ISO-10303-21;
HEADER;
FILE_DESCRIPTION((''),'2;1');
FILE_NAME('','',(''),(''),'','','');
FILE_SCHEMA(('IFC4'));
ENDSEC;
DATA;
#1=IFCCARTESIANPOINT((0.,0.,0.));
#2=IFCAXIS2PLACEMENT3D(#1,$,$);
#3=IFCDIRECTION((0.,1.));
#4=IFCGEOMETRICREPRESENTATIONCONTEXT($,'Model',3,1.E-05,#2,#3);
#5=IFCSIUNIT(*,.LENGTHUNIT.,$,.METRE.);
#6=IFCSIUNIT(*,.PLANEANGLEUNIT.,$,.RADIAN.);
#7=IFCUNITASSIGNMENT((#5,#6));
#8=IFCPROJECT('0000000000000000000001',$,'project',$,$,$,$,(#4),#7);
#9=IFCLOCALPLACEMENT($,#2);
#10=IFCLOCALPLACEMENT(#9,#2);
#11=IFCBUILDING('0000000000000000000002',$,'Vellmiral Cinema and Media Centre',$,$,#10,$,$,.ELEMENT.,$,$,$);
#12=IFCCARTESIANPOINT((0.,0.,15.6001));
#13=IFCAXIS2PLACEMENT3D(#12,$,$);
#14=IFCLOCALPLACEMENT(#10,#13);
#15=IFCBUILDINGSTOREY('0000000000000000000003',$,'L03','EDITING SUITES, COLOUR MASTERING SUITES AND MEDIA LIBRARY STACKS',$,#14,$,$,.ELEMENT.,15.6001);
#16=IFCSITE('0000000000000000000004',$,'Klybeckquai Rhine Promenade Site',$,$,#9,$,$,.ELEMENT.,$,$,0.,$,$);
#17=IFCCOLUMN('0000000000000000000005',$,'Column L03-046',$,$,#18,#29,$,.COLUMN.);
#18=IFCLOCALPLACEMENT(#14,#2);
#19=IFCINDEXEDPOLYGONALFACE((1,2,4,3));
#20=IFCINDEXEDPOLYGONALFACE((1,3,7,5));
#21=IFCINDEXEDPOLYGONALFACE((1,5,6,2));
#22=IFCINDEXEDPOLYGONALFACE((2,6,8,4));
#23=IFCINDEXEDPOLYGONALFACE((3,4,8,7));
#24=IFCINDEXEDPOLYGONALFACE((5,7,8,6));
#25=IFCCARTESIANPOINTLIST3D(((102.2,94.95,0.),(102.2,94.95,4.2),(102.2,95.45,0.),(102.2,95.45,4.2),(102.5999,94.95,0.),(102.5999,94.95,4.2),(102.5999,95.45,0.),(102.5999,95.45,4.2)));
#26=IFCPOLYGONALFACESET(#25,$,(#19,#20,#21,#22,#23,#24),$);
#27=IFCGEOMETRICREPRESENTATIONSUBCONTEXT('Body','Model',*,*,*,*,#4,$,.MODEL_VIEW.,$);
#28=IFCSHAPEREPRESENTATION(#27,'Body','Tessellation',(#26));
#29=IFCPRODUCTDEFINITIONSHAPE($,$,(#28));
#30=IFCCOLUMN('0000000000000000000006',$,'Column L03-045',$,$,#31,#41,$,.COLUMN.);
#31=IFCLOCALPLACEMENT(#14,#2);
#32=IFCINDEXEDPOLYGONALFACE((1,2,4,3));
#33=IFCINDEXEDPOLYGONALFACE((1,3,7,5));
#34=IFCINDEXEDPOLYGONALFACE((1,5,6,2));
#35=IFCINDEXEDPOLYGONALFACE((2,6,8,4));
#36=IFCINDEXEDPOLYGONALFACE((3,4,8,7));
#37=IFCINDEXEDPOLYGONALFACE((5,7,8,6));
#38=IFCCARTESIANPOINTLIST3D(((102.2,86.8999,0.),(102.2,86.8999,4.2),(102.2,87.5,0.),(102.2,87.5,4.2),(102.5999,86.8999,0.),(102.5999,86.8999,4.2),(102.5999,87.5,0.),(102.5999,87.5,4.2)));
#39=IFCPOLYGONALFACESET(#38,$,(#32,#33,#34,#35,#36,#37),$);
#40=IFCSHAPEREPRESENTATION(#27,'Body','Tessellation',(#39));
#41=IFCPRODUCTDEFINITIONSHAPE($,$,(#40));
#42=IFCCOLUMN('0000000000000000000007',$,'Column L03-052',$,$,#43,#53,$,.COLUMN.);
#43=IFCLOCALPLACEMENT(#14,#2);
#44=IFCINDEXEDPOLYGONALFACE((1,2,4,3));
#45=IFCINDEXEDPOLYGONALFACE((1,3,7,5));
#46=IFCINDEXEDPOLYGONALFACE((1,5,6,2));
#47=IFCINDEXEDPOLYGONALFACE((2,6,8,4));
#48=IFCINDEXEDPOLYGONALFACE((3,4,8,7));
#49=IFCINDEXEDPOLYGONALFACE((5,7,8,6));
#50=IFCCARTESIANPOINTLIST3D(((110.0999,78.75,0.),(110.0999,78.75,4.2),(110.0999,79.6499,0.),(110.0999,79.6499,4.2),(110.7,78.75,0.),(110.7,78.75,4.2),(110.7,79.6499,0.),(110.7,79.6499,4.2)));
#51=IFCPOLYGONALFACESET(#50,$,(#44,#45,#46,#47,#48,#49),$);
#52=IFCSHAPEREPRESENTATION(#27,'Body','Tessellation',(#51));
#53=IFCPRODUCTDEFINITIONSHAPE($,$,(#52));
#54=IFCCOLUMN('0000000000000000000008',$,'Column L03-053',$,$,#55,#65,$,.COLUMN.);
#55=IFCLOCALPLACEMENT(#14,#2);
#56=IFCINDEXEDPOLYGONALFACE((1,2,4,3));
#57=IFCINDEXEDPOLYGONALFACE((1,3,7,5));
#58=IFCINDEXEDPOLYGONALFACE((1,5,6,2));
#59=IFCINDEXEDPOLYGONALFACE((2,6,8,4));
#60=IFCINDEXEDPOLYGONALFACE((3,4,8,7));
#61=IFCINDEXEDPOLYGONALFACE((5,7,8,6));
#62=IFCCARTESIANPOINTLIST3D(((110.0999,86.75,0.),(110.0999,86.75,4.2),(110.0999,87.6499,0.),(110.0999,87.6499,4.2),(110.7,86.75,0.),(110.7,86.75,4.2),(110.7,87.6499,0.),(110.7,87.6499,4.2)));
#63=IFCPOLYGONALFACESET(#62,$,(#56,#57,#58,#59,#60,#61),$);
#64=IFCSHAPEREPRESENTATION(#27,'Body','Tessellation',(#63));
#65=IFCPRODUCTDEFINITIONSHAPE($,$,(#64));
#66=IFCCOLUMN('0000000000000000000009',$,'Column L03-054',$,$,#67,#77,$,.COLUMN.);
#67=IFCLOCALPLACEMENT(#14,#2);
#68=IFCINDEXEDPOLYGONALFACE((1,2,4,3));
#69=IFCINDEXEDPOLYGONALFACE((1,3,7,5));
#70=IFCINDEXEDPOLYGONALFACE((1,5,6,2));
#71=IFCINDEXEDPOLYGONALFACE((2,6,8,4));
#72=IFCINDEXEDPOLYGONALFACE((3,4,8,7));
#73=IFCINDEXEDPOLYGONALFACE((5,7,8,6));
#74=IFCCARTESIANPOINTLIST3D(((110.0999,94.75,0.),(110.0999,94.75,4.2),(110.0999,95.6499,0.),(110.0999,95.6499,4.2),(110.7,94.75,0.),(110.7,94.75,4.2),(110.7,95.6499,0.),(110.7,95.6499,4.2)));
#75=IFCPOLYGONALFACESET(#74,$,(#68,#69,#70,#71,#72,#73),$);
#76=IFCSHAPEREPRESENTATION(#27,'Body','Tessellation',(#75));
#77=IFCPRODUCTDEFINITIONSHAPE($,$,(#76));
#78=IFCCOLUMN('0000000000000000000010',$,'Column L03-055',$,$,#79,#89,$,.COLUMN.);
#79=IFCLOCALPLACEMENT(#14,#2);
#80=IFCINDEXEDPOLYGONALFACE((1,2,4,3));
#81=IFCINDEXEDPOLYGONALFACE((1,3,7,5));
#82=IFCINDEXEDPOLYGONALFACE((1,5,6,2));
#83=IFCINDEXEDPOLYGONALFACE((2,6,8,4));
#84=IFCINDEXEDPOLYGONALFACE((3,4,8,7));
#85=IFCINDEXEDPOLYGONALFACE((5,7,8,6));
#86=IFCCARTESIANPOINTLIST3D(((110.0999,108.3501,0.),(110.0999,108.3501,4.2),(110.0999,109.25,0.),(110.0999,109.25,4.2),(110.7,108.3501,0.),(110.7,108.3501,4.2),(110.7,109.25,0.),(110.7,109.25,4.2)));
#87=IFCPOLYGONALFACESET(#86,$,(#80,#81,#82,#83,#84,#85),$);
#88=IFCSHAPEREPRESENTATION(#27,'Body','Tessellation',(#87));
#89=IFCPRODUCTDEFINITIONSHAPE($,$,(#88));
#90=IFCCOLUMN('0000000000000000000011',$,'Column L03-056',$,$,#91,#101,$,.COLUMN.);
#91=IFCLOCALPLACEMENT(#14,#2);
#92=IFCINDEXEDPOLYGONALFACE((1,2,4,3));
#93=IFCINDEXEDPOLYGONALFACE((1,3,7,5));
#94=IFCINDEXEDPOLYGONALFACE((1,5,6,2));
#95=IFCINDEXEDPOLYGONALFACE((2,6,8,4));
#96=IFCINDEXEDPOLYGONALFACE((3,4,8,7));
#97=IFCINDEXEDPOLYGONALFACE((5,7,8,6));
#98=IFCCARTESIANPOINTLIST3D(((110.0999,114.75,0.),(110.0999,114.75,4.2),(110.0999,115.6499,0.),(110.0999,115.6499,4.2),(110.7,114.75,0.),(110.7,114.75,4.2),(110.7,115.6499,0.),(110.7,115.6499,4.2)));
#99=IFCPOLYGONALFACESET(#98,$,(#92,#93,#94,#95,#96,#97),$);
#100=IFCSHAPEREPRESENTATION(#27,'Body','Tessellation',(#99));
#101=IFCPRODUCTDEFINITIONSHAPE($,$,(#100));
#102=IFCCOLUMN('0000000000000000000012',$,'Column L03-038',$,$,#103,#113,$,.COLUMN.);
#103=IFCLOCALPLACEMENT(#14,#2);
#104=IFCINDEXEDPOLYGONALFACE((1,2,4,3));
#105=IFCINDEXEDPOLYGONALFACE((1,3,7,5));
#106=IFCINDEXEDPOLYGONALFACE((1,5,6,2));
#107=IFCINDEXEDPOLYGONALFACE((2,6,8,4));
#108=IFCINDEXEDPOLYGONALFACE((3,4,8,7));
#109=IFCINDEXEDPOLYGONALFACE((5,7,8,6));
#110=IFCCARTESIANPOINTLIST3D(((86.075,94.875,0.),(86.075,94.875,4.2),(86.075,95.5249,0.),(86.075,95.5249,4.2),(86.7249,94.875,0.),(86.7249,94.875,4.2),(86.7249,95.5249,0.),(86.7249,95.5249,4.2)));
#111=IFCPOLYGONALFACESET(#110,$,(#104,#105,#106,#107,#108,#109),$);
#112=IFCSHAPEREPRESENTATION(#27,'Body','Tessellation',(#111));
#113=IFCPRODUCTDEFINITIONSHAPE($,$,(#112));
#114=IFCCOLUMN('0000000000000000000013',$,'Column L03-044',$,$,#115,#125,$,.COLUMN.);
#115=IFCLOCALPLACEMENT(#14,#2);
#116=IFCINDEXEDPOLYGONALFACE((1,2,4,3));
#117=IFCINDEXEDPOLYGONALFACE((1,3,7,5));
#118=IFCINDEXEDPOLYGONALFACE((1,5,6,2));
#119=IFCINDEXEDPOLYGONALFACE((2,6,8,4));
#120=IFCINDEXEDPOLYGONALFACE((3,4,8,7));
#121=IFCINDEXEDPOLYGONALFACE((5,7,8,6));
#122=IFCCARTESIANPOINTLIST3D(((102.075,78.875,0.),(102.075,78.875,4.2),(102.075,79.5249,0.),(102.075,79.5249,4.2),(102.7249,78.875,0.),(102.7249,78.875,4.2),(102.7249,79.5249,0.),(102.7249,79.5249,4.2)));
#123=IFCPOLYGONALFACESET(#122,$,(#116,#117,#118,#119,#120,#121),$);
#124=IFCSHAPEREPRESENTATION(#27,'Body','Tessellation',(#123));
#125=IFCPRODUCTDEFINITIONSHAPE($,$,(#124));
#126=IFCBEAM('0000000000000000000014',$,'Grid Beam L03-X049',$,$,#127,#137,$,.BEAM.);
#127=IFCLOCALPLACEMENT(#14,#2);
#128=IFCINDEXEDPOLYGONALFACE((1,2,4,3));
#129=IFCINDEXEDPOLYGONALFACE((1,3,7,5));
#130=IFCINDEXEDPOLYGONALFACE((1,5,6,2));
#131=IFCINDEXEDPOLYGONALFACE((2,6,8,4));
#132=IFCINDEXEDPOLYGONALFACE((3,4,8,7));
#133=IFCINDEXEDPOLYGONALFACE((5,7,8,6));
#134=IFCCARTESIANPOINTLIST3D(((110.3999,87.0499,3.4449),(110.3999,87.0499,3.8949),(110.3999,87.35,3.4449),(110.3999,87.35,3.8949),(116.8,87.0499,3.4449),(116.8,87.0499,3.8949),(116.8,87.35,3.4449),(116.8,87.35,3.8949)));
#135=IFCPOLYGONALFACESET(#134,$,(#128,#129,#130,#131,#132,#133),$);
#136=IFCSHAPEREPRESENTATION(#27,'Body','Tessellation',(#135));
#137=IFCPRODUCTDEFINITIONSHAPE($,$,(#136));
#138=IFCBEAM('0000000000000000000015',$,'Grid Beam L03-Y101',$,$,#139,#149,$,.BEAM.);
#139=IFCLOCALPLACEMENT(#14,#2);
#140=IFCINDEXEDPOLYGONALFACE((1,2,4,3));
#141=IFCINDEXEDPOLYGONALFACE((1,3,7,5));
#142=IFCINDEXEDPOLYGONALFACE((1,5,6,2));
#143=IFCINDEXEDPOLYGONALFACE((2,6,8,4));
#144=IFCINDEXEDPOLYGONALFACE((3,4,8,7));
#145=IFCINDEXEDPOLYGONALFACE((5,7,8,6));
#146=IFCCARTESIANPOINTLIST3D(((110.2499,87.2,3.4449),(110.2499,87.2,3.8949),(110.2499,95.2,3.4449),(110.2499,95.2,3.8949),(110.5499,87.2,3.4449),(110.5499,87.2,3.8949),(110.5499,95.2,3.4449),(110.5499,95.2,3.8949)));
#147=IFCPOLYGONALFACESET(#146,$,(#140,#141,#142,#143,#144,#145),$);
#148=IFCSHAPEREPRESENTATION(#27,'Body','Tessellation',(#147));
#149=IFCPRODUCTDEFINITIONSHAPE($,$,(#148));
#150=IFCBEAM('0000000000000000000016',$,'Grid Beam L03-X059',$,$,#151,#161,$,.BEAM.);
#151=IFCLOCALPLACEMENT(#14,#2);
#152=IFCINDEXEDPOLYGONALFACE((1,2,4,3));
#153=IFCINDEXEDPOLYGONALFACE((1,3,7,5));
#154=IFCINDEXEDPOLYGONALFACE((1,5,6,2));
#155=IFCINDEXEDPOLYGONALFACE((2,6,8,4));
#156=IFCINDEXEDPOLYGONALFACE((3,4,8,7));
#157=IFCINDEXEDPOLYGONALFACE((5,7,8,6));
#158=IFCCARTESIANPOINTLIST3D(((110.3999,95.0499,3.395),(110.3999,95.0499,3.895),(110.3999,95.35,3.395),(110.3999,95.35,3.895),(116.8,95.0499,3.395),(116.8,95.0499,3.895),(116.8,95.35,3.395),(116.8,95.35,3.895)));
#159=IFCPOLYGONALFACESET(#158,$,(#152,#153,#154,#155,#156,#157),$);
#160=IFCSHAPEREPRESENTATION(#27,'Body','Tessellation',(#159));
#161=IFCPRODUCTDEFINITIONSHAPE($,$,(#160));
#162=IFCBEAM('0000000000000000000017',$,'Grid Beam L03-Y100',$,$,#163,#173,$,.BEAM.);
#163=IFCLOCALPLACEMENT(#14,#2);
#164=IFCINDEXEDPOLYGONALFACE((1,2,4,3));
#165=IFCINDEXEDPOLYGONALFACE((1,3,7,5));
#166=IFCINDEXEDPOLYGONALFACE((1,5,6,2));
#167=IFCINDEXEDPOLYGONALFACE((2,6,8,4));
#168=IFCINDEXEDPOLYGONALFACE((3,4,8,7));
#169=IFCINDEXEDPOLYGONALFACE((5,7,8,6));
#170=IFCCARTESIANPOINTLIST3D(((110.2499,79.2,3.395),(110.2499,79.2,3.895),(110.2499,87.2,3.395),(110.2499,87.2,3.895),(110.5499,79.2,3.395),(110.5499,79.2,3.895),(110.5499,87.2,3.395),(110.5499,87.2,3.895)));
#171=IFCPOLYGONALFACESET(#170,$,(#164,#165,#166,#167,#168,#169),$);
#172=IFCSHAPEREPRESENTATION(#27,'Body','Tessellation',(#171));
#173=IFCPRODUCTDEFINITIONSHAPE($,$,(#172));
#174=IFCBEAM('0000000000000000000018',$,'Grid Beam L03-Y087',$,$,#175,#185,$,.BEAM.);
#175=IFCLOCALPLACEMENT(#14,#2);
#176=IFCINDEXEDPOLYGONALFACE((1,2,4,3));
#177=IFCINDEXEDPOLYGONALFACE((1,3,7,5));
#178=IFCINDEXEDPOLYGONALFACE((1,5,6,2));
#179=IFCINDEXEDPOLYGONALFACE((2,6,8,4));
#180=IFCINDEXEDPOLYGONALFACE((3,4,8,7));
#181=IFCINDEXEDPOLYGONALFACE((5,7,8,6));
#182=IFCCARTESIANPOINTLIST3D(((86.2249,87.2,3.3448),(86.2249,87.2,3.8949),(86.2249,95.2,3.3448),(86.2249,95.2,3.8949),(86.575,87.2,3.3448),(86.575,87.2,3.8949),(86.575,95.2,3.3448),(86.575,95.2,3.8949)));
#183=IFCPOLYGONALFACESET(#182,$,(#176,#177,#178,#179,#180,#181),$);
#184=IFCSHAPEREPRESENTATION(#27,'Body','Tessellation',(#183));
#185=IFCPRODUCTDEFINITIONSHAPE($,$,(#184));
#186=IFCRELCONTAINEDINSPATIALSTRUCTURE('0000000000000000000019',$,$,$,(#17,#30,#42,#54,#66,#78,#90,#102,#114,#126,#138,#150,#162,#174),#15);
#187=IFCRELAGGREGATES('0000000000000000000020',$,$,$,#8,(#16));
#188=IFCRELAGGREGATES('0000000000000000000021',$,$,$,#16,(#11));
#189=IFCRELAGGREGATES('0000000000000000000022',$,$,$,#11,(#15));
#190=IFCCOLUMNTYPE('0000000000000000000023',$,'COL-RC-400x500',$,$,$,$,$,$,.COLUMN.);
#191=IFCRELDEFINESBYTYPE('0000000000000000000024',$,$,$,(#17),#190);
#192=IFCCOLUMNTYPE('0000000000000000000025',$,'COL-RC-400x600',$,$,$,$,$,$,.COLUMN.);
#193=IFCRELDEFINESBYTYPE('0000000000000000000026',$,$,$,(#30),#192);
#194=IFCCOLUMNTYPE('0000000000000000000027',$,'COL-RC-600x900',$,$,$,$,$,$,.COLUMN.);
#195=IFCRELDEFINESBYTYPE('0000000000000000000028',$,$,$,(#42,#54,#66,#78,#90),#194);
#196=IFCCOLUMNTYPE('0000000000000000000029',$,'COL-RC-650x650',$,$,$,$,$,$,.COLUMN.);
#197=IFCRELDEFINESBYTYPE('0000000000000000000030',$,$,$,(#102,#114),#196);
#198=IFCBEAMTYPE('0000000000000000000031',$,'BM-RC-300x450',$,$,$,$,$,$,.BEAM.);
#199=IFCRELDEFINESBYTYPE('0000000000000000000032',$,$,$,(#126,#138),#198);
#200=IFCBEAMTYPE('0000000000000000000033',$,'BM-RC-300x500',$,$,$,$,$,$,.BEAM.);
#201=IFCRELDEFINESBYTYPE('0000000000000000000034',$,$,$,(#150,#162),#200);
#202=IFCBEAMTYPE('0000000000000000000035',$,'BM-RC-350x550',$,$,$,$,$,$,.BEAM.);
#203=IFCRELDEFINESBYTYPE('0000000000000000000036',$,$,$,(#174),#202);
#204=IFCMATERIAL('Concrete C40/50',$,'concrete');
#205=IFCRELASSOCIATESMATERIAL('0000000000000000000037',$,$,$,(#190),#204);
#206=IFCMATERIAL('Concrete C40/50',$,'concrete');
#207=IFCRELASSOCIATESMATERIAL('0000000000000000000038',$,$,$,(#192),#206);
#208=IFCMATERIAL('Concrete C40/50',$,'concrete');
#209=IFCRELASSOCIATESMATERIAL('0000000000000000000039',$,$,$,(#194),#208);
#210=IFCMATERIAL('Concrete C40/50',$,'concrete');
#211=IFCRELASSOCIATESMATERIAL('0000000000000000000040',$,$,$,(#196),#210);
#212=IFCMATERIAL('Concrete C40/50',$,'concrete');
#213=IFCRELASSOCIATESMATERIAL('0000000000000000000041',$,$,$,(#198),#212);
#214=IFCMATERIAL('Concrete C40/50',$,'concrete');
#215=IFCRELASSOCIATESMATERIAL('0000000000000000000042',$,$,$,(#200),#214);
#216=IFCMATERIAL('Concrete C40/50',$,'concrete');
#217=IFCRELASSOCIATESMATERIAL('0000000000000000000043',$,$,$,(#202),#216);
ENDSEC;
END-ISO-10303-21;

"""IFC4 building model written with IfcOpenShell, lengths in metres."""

from ifc_helpers import new_model, si_unit, direction, frame, origin, origin_2d, place, context, subcontext, project, spatial, rectangle, extrude, material, material_profile, profile_set, type_object, element, save


model = new_model("IFC4")

# Units and contexts
model_context = context("Model", 3, precision=1e-05, world=origin(), true_north=direction((0.0, 1.0)))
body_context = subcontext(model_context, "Body", "Model", "MODEL_VIEW")
ifc_project = project(units=[si_unit("LENGTHUNIT", "METRE"), si_unit("PLANEANGLEUNIT", "RADIAN")], contexts=[model_context])

# Site, building, storey
site_placement = place(None, origin())
site = spatial("IfcSite", under=ifc_project, at=site_placement, Name="Klybeckquai Rhine Promenade Site", CompositionType="ELEMENT", RefElevation=0.0)
building_placement = place(site_placement, origin())
building = spatial("IfcBuilding", under=site, at=building_placement, Name="Vellmiral Cinema and Media Centre", CompositionType="ELEMENT")
storey_placement = place(building_placement, frame((0.0, 0.0, 15.6001)))
storey = spatial("IfcBuildingStorey", under=building, at=storey_placement, Name="L03", Description="EDITING SUITES, COLOUR MASTERING SUITES AND MEDIA LIBRARY STACKS", CompositionType="ELEMENT", Elevation=15.6001)

# Columns
ifc_material_1 = material(Name="Concrete C40/50", Category="concrete")
ifc_material_profile_1 = material_profile(ifc_material_1, rectangle(XDim=0.3999, YDim=0.5, at=origin_2d()), Name="RC 400x500")
ifc_profile_set_1 = profile_set([ifc_material_profile_1], Name="Concrete C40/50")
column_type_1 = type_object("IfcColumnType", Name="COL-RC-400x500", PredefinedType="COLUMN", material=ifc_profile_set_1)
column_1_placement = place(storey_placement, frame((102.3999, 95.2, 0.0), z_axis=(0.0, 0.0, 1.0), x_axis=(1.0, 0.0, 0.0)))
element("IfcColumn", 1, at=column_1_placement, inside=storey, type_object=column_type_1, Name="Column L03-046", PredefinedType="COLUMN", context=body_context, shape_type="SweptSolid", body=[
    extrude(rectangle(XDim=0.3999, YDim=0.5, at=origin_2d()), origin(), (0.0, 0.0, 1.0), 4.2),
])
ifc_material_2 = material(Name="Concrete C40/50", Category="concrete")
ifc_material_profile_2 = material_profile(ifc_material_2, rectangle(XDim=0.3999, YDim=0.6001, at=origin_2d()), Name="RC 400x600")
ifc_profile_set_2 = profile_set([ifc_material_profile_2], Name="Concrete C40/50")
column_type_2 = type_object("IfcColumnType", Name="COL-RC-400x600", PredefinedType="COLUMN", material=ifc_profile_set_2)
column_2_placement = place(storey_placement, frame((102.3999, 87.2, 0.0), z_axis=(0.0, 0.0, 1.0), x_axis=(1.0, 0.0, 0.0)))
element("IfcColumn", 2, at=column_2_placement, inside=storey, type_object=column_type_2, Name="Column L03-045", PredefinedType="COLUMN", context=body_context, shape_type="SweptSolid", body=[
    extrude(rectangle(XDim=0.3999, YDim=0.6001, at=origin_2d()), origin(), (0.0, 0.0, 1.0), 4.2),
])
ifc_material_3 = material(Name="Concrete C40/50", Category="concrete")
ifc_material_profile_3 = material_profile(ifc_material_3, rectangle(XDim=0.6001, YDim=0.8999, at=origin_2d()), Name="RC 600x900")
ifc_profile_set_3 = profile_set([ifc_material_profile_3], Name="Concrete C40/50")
column_type_3 = type_object("IfcColumnType", Name="COL-RC-600x900", PredefinedType="COLUMN", material=ifc_profile_set_3)
for number, where, z_axis, x_axis, name in (
    (3, (110.3999, 79.2, 0.0), (0.0, 0.0, 1.0), (1.0, 0.0, 0.0), "Column L03-052"),
    (4, (110.3999, 87.2, 0.0), (0.0, 0.0, 1.0), (1.0, 0.0, 0.0), "Column L03-053"),
    (5, (110.3999, 95.2, 0.0), (0.0, 0.0, 1.0), (1.0, 0.0, 0.0), "Column L03-054"),
    (6, (110.3999, 108.8, 0.0), (0.0, 0.0, 1.0), (1.0, 0.0, 0.0), "Column L03-055"),
    (7, (110.3999, 115.2, 0.0), (0.0, 0.0, 1.0), (1.0, 0.0, 0.0), "Column L03-056"),
):
    element("IfcColumn", number, at=place(storey_placement, frame(where, z_axis=z_axis, x_axis=x_axis)), inside=storey, type_object=column_type_3, Name=name, PredefinedType="COLUMN", context=body_context, shape_type="SweptSolid", body=[
        extrude(rectangle(XDim=0.6001, YDim=0.8999, at=origin_2d()), origin(), (0.0, 0.0, 1.0), 4.2),
    ])
ifc_material_4 = material(Name="Concrete C40/50", Category="concrete")
ifc_material_profile_4 = material_profile(ifc_material_4, rectangle(XDim=0.6499, YDim=0.6499, at=origin_2d()), Name="RC 650x650")
ifc_profile_set_4 = profile_set([ifc_material_profile_4], Name="Concrete C40/50")
column_type_4 = type_object("IfcColumnType", Name="COL-RC-650x650", PredefinedType="COLUMN", material=ifc_profile_set_4)
for number, where, z_axis, x_axis, name in (
    (8, (86.3999, 95.2, 0.0), (0.0, 0.0, 1.0), (1.0, 0.0, 0.0), "Column L03-038"),
    (9, (102.3999, 79.2, 0.0), (0.0, 0.0, 1.0), (1.0, 0.0, 0.0), "Column L03-044"),
):
    element("IfcColumn", number, at=place(storey_placement, frame(where, z_axis=z_axis, x_axis=x_axis)), inside=storey, type_object=column_type_4, Name=name, PredefinedType="COLUMN", context=body_context, shape_type="SweptSolid", body=[
        extrude(rectangle(XDim=0.6499, YDim=0.6499, at=origin_2d()), origin(), (0.0, 0.0, 1.0), 4.2),
    ])

# Beams
ifc_material_5 = material(Name="Concrete C40/50", Category="concrete")
ifc_material_profile_5 = material_profile(ifc_material_5, rectangle(XDim=0.3, YDim=0.45, at=origin_2d()), Name="RC 300x450")
ifc_profile_set_5 = profile_set([ifc_material_profile_5], Name="Concrete C40/50")
beam_type_1 = type_object("IfcBeamType", Name="BM-RC-300x450", PredefinedType="BEAM", material=ifc_profile_set_5)
beam_1_placement = place(storey_placement, frame((110.3999, 87.2, 3.6699), z_axis=(1.0, 0.0, 0.0), x_axis=(0.0, 1.0, 0.0)))
element("IfcBeam", 10, at=beam_1_placement, inside=storey, type_object=beam_type_1, Name="Grid Beam L03-X049", PredefinedType="BEAM", context=body_context, shape_type="SweptSolid", body=[
    extrude(rectangle(XDim=0.3, YDim=0.45, at=origin_2d()), origin(), (0.0, 0.0, 1.0), 6.4001),
])
beam_2_placement = place(storey_placement, frame((110.3999, 87.2, 3.6699), z_axis=(0.0, 1.0, 0.0), x_axis=(-1.0, 0.0, 0.0)))
element("IfcBeam", 11, at=beam_2_placement, inside=storey, type_object=beam_type_1, Name="Grid Beam L03-Y101", PredefinedType="BEAM", context=body_context, shape_type="SweptSolid", body=[
    extrude(rectangle(XDim=0.3, YDim=0.45, at=origin_2d()), origin(), (0.0, 0.0, 1.0), 8.0),
])
ifc_material_6 = material(Name="Concrete C40/50", Category="concrete")
ifc_material_profile_6 = material_profile(ifc_material_6, rectangle(XDim=0.3, YDim=0.5, at=origin_2d()), Name="RC 300x500")
ifc_profile_set_6 = profile_set([ifc_material_profile_6], Name="Concrete C40/50")
beam_type_2 = type_object("IfcBeamType", Name="BM-RC-300x500", PredefinedType="BEAM", material=ifc_profile_set_6)
beam_3_placement = place(storey_placement, frame((110.3999, 95.2, 3.645), z_axis=(1.0, 0.0, 0.0), x_axis=(0.0, 1.0, 0.0)))
element("IfcBeam", 12, at=beam_3_placement, inside=storey, type_object=beam_type_2, Name="Grid Beam L03-X059", PredefinedType="BEAM", context=body_context, shape_type="SweptSolid", body=[
    extrude(rectangle(XDim=0.3, YDim=0.5, at=origin_2d()), origin(), (0.0, 0.0, 1.0), 6.4001),
])
beam_4_placement = place(storey_placement, frame((110.3999, 79.2, 3.645), z_axis=(0.0, 1.0, 0.0), x_axis=(-1.0, 0.0, 0.0)))
element("IfcBeam", 13, at=beam_4_placement, inside=storey, type_object=beam_type_2, Name="Grid Beam L03-Y100", PredefinedType="BEAM", context=body_context, shape_type="SweptSolid", body=[
    extrude(rectangle(XDim=0.3, YDim=0.5, at=origin_2d()), origin(), (0.0, 0.0, 1.0), 8.0),
])
ifc_material_7 = material(Name="Concrete C40/50", Category="concrete")
ifc_material_profile_7 = material_profile(ifc_material_7, rectangle(XDim=0.3501, YDim=0.55, at=origin_2d()), Name="RC 350x550")
ifc_profile_set_7 = profile_set([ifc_material_profile_7], Name="Concrete C40/50")
beam_type_3 = type_object("IfcBeamType", Name="BM-RC-350x550", PredefinedType="BEAM", material=ifc_profile_set_7)
beam_5_placement = place(storey_placement, frame((86.3999, 87.2, 3.6199), z_axis=(0.0, 1.0, 0.0), x_axis=(-1.0, 0.0, 0.0)))
element("IfcBeam", 14, at=beam_5_placement, inside=storey, type_object=beam_type_3, Name="Grid Beam L03-Y087", PredefinedType="BEAM", context=body_context, shape_type="SweptSolid", body=[
    extrude(rectangle(XDim=0.3501, YDim=0.55, at=origin_2d()), origin(), (0.0, 0.0, 1.0), 8.0),
])

save(model, "model.ifc")
